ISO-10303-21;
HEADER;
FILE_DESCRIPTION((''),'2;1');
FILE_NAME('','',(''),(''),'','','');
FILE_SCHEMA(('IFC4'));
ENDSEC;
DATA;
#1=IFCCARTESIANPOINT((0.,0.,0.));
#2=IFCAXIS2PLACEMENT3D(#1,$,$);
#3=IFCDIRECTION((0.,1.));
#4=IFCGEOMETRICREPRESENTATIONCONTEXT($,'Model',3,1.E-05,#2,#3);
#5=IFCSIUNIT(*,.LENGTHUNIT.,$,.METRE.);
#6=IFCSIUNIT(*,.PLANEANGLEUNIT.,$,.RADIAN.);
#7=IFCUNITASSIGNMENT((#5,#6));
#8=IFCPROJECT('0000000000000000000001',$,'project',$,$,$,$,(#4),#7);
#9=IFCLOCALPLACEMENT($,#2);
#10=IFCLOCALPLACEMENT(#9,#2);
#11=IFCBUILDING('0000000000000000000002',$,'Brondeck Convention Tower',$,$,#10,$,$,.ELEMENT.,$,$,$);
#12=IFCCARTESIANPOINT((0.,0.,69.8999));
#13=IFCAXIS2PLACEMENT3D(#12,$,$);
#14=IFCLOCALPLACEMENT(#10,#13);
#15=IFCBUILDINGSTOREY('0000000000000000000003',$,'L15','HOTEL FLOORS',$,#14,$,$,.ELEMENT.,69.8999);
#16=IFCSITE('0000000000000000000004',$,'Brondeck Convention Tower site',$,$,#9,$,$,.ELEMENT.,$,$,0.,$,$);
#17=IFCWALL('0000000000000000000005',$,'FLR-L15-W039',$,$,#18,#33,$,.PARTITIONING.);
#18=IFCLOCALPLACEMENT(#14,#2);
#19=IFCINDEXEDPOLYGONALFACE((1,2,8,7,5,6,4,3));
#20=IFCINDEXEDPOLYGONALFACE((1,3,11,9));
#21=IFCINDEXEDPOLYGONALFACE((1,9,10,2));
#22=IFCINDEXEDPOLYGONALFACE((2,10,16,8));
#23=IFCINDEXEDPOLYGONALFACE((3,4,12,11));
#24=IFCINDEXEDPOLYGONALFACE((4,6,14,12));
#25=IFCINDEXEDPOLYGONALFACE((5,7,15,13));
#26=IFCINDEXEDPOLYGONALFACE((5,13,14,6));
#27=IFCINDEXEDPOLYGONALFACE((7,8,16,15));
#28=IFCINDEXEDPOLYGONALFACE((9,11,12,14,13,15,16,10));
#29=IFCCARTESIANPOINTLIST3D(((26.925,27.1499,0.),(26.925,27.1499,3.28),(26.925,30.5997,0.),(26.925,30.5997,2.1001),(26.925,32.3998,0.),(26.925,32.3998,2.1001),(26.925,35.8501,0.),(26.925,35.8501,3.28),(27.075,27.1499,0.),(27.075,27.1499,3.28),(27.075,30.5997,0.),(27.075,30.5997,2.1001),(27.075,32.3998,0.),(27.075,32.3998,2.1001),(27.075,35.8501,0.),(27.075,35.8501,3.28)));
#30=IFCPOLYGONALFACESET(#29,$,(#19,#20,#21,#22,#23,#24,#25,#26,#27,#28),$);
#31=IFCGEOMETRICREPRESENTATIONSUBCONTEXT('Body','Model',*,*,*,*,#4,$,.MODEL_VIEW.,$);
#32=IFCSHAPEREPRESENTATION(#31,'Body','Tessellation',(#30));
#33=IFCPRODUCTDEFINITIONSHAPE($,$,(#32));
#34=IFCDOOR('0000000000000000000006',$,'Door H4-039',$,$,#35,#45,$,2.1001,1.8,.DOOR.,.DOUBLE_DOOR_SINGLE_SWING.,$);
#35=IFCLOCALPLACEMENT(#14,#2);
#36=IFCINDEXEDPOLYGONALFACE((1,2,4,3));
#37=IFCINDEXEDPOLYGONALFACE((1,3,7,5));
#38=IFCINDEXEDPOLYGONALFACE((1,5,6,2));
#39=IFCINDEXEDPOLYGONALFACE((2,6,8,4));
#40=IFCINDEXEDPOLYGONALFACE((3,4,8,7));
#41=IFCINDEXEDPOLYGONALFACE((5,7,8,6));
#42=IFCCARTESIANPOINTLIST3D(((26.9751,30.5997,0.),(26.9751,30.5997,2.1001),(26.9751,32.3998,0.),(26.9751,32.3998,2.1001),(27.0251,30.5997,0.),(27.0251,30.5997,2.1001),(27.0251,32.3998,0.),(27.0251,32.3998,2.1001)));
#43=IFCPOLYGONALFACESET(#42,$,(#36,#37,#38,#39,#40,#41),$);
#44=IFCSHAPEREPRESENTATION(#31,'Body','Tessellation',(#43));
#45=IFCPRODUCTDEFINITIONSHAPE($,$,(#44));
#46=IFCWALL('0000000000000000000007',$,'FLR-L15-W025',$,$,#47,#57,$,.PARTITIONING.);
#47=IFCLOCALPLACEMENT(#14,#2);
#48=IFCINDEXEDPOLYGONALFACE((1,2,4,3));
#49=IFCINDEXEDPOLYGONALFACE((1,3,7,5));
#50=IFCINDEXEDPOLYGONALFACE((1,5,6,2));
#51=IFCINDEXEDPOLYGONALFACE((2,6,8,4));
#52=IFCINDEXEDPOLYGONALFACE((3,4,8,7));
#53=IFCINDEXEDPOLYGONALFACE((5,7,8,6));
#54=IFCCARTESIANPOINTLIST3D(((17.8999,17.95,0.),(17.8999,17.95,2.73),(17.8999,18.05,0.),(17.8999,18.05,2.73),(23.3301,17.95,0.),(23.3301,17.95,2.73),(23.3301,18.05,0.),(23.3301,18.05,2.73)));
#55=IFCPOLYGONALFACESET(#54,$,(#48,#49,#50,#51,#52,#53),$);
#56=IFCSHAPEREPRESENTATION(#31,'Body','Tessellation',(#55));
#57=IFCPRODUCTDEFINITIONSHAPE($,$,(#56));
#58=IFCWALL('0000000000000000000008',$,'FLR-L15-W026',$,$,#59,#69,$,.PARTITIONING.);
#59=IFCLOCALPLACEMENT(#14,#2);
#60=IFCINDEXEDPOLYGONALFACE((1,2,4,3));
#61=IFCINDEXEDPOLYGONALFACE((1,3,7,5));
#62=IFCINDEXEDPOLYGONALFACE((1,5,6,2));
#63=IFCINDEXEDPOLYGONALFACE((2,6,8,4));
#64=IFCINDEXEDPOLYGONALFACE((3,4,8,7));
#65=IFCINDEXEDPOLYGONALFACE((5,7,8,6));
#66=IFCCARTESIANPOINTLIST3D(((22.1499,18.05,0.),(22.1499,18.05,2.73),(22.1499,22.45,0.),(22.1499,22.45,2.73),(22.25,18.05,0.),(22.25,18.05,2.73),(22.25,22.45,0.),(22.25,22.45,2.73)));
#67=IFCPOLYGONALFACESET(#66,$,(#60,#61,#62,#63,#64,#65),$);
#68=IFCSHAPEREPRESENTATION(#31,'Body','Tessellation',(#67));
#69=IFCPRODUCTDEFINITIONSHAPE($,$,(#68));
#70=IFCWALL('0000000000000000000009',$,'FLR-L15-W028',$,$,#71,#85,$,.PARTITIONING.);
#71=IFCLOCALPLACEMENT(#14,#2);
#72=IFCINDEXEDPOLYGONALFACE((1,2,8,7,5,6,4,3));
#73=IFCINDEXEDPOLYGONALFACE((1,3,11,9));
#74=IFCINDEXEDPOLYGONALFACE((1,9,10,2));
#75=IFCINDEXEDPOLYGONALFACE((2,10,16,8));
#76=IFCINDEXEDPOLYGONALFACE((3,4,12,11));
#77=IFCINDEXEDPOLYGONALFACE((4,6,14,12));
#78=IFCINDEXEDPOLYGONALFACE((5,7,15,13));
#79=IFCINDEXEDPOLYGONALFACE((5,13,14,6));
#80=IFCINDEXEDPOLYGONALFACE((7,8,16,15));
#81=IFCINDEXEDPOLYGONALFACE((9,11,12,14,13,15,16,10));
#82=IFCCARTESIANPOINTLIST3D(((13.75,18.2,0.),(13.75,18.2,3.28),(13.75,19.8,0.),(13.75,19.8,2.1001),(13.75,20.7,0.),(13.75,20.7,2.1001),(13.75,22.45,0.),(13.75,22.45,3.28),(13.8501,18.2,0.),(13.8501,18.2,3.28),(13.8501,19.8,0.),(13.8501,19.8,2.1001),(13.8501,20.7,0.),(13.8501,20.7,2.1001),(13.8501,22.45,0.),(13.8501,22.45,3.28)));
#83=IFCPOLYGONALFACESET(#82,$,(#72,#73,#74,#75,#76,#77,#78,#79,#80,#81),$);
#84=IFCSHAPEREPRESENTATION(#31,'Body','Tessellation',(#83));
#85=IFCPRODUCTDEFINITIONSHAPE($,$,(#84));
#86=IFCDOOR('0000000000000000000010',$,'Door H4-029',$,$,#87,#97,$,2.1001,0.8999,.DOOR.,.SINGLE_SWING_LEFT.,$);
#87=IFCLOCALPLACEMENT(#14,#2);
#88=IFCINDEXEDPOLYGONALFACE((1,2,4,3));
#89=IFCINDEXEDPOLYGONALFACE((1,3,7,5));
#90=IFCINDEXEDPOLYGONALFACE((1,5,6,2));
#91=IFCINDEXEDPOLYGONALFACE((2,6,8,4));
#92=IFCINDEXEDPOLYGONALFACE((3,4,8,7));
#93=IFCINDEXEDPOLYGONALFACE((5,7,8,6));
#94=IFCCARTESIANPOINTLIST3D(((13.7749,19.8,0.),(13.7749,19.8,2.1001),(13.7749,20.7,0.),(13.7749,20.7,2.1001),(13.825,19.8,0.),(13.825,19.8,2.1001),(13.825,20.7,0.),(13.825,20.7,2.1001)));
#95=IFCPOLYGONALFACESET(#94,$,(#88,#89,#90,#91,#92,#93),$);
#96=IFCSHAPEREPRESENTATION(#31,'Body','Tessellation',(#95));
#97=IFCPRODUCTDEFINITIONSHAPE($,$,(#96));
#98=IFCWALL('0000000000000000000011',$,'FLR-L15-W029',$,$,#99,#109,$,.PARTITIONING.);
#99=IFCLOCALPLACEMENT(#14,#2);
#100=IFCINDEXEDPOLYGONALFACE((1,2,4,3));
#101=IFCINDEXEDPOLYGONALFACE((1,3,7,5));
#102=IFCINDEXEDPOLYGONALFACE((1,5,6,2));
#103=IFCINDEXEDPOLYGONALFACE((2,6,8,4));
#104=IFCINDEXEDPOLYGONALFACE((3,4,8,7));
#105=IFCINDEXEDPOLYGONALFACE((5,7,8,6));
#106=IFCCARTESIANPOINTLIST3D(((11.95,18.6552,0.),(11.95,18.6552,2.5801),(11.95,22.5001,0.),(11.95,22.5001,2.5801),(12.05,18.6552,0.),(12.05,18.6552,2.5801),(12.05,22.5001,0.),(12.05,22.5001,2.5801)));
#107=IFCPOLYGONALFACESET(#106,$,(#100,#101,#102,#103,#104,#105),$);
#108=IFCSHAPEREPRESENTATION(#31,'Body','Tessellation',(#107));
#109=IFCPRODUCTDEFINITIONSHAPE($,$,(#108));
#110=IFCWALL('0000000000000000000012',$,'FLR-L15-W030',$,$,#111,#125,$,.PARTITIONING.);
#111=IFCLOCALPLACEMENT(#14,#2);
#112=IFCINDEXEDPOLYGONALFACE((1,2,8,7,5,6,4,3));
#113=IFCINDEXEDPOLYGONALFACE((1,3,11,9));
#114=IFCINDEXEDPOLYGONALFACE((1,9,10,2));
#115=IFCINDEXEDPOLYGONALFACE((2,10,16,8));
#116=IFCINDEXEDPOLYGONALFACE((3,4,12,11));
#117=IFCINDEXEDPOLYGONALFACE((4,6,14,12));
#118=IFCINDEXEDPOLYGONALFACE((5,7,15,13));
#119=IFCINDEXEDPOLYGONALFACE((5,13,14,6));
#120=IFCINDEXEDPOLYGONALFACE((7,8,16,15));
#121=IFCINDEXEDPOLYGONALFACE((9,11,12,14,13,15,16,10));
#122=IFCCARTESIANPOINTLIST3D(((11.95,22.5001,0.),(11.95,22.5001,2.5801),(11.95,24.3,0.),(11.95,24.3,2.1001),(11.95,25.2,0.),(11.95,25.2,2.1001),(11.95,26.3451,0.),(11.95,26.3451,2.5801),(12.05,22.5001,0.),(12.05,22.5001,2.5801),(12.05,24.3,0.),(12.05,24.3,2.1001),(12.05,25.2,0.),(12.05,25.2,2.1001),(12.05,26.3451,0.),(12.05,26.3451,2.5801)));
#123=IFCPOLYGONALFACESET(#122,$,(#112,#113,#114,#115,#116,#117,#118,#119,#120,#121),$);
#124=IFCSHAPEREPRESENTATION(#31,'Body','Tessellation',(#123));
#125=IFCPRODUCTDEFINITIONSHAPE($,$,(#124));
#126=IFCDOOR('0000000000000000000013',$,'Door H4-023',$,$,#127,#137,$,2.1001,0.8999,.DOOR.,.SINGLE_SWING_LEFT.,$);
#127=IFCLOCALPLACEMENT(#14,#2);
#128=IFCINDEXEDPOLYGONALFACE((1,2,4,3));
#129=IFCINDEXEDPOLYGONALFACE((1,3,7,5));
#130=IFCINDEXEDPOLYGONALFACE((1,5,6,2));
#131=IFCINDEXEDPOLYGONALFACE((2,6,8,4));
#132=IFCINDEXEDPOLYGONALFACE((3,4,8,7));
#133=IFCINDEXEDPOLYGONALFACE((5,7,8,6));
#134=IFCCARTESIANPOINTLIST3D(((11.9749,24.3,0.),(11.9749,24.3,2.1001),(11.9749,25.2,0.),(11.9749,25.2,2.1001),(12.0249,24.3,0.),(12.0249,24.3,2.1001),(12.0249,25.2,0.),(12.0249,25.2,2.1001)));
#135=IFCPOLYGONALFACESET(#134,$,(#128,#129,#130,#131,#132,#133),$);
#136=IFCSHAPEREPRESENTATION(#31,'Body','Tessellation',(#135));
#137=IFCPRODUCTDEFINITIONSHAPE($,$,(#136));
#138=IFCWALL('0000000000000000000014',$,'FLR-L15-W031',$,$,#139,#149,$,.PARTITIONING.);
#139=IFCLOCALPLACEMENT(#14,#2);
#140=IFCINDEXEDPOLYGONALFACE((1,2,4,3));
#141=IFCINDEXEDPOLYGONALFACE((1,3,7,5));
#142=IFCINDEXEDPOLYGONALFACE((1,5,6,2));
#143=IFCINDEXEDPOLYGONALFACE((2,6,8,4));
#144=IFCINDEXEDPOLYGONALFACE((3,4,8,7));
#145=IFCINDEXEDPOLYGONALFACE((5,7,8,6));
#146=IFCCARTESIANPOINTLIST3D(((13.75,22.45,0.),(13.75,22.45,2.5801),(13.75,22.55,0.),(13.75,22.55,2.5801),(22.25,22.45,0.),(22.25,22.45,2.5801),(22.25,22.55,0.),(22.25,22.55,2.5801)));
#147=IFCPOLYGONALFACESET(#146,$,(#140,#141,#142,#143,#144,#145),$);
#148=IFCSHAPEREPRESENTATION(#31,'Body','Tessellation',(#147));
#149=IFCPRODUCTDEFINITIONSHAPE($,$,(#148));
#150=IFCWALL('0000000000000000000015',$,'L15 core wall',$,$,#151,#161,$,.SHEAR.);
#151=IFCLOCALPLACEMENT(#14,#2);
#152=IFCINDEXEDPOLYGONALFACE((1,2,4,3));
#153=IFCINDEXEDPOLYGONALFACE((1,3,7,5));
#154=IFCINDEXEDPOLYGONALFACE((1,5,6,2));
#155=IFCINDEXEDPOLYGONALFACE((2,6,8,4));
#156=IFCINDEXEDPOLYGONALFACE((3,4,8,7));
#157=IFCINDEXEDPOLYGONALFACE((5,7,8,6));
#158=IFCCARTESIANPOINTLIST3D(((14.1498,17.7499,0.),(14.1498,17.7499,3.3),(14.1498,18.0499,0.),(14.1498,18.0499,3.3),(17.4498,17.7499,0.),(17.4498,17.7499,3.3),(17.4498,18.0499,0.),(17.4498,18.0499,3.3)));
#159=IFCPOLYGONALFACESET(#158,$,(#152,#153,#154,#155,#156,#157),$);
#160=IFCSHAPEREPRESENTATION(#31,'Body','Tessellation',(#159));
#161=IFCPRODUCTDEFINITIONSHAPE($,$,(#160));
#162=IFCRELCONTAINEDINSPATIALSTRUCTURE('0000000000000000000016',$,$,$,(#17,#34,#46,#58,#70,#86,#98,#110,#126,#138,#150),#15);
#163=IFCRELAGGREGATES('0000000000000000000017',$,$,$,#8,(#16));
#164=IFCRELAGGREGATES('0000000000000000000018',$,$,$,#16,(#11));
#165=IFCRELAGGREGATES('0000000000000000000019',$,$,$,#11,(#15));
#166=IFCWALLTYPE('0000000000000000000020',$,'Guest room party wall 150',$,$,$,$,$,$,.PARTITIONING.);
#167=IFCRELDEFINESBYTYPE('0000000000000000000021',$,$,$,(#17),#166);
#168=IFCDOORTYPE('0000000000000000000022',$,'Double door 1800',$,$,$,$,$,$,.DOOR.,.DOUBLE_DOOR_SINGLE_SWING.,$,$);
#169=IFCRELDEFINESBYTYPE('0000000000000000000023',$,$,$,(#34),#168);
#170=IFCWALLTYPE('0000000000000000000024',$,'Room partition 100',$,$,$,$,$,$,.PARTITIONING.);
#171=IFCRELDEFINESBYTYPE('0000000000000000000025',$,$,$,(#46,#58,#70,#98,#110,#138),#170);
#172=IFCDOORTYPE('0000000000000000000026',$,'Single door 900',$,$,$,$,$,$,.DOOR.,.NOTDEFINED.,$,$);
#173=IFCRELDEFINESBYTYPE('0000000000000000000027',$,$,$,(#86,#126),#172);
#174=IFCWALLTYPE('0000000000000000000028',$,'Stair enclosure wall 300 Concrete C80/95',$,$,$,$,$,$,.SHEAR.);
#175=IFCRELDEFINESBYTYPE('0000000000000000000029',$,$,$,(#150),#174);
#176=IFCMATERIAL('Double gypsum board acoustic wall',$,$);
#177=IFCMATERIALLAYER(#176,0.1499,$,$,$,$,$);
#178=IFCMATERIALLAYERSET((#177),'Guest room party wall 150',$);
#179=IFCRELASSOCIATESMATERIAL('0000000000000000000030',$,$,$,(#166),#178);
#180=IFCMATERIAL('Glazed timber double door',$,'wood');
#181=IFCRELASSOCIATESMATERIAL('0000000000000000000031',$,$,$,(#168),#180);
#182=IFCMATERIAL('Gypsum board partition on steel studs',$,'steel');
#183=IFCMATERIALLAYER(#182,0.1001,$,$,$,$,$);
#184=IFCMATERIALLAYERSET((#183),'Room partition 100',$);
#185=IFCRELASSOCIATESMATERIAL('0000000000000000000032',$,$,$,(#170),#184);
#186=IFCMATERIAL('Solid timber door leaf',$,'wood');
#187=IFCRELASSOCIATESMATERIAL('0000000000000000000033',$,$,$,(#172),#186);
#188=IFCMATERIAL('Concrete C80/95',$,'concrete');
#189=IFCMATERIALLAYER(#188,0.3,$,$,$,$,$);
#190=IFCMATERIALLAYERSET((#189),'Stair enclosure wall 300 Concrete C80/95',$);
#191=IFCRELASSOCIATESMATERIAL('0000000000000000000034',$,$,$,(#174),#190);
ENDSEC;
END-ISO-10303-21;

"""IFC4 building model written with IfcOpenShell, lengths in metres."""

from ifc_helpers import new_model, si_unit, direction, frame, frame_2d, origin, place, context, subcontext, project, spatial, rectangle, extrude, material, layer, layer_set, type_object, element, fill, save


model = new_model("IFC4")

# Units and contexts
model_context = context("Model", 3, precision=1e-05, world=origin(), true_north=direction((0.0, 1.0)))
body_context = subcontext(model_context, "Body", "Model", "MODEL_VIEW")
ifc_project = project(units=[si_unit("LENGTHUNIT", "METRE"), si_unit("PLANEANGLEUNIT", "RADIAN")], contexts=[model_context])

# Site, building, storey
site_placement = place(None, origin())
site = spatial("IfcSite", under=ifc_project, at=site_placement, Name="Brondeck Convention Tower site", CompositionType="ELEMENT", RefElevation=0.0)
building_placement = place(site_placement, origin())
building = spatial("IfcBuilding", under=site, at=building_placement, Name="Brondeck Convention Tower", CompositionType="ELEMENT")
storey_placement = place(building_placement, frame((0.0, 0.0, 69.8999)))
storey = spatial("IfcBuildingStorey", under=building, at=storey_placement, Name="L15", Description="HOTEL FLOORS", CompositionType="ELEMENT", Elevation=69.8999)

# Shared definitions
ifc_material_1 = material(Name="Concrete C80/95", Category="concrete")

# Shared definitions
ifc_material_2 = material(Name="Double gypsum board acoustic wall")
ifc_layer_1 = layer(ifc_material_2, 0.1499)
ifc_layer_set_1 = layer_set([ifc_layer_1], Name="Guest room party wall 150")
wall_type_1 = type_object("IfcWallType", Name="Guest room party wall 150", PredefinedType="PARTITIONING", material=ifc_layer_set_1)

# Wall, opening, door
wall_1_placement = place(storey_placement, frame((27.0, 27.1499, 0.0), z_axis=(0.0, 0.0, 1.0), x_axis=(0.0, 1.0, 0.0)))
wall_1 = element("IfcWall", 1, at=wall_1_placement, inside=storey, type_object=wall_type_1, Name="FLR-L15-W039", PredefinedType="PARTITIONING", context=body_context, shape_type="SweptSolid", body=[
    extrude(rectangle(XDim=8.7002, YDim=0.1499, at=frame_2d((4.3501, 0.0))), origin(), (0.0, 0.0, 1.0), 3.28),
])
opening_1_placement = place(wall_1_placement, frame((3.45, 0.0, 0.0)))
opening_1 = element("IfcOpeningElement", 2, at=opening_1_placement, cuts=wall_1, PredefinedType="OPENING", context=body_context, shape_type="SweptSolid", body=[
    extrude(rectangle(XDim=1.8, YDim=2.1001, at=frame_2d((0.8999, 1.05))), frame((0.0, 0.085, 0.0), z_axis=(0.0, -1.0, 0.0), x_axis=(1.0, 0.0, 0.0)), (0.0, 0.0, 1.0), 0.1699),
])
ifc_material_3 = material(Name="Glazed timber double door", Category="wood")
door_type_1 = type_object("IfcDoorType", Name="Double door 1800", OperationType="DOUBLE_DOOR_SINGLE_SWING", PredefinedType="DOOR", material=ifc_material_3)
door_1_placement = place(opening_1_placement, origin())
door_1 = element("IfcDoor", 3, at=door_1_placement, inside=storey, type_object=door_type_1, Name="Door H4-039", OperationType="DOUBLE_DOOR_SINGLE_SWING", OverallHeight=2.1001, OverallWidth=1.8, PredefinedType="DOOR", context=body_context, shape_type="SweptSolid", body=[
    extrude(rectangle(XDim=1.8, YDim=2.1001, at=frame_2d((0.8999, 1.05))), frame((0.0, 0.0249, 0.0), z_axis=(0.0, -1.0, 0.0), x_axis=(1.0, 0.0, 0.0)), (0.0, 0.0, 1.0), 0.05),
])
fill(opening_1, door_1)

# Walls
ifc_material_4 = material(Name="Gypsum board partition on steel studs", Category="steel")
ifc_layer_2 = layer(ifc_material_4, 0.1001)
ifc_layer_set_2 = layer_set([ifc_layer_2], Name="Room partition 100")
wall_type_2 = type_object("IfcWallType", Name="Room partition 100", PredefinedType="PARTITIONING", material=ifc_layer_set_2)
wall_2_placement = place(storey_placement, frame((23.3301, 18.0, 0.0), z_axis=(0.0, 0.0, 1.0), x_axis=(-1.0, 0.0, 0.0)))
element("IfcWall", 4, at=wall_2_placement, inside=storey, type_object=wall_type_2, Name="FLR-L15-W025", PredefinedType="PARTITIONING", context=body_context, shape_type="SweptSolid", body=[
    extrude(rectangle(XDim=5.4302, YDim=0.1001, at=frame_2d((2.7151, 0.0))), origin(), (0.0, 0.0, 1.0), 2.73),
])
wall_3_placement = place(storey_placement, frame((22.2, 18.05, 0.0), z_axis=(0.0, 0.0, 1.0), x_axis=(0.0, 1.0, 0.0)))
element("IfcWall", 5, at=wall_3_placement, inside=storey, type_object=wall_type_2, Name="FLR-L15-W026", PredefinedType="PARTITIONING", context=body_context, shape_type="SweptSolid", body=[
    extrude(rectangle(XDim=4.3999, YDim=0.1001, at=frame_2d((2.2, 0.0))), origin(), (0.0, 0.0, 1.0), 2.73),
])

# Wall, opening, door
wall_4_placement = place(storey_placement, frame((13.8, 22.45, 0.0), z_axis=(0.0, 0.0, 1.0), x_axis=(0.0, -1.0, 0.0)))
wall_4 = element("IfcWall", 6, at=wall_4_placement, inside=storey, type_object=wall_type_2, Name="FLR-L15-W028", PredefinedType="PARTITIONING", context=body_context, shape_type="SweptSolid", body=[
    extrude(rectangle(XDim=4.25, YDim=0.1001, at=frame_2d((2.125, 0.0))), origin(), (0.0, 0.0, 1.0), 3.28),
])
opening_2_placement = place(wall_4_placement, frame((1.75, 0.0, 0.0)))
opening_2 = element("IfcOpeningElement", 7, at=opening_2_placement, cuts=wall_4, PredefinedType="OPENING", context=body_context, shape_type="SweptSolid", body=[
    extrude(rectangle(XDim=0.8999, YDim=2.1001, at=frame_2d((0.45, 1.05))), frame((0.0, 0.0601, 0.0), z_axis=(0.0, -1.0, 0.0), x_axis=(1.0, 0.0, 0.0)), (0.0, 0.0, 1.0), 0.1201),
])
ifc_material_5 = material(Name="Solid timber door leaf", Category="wood")
door_type_2 = type_object("IfcDoorType", Name="Single door 900", OperationType="NOTDEFINED", PredefinedType="DOOR", material=ifc_material_5)
door_2_placement = place(opening_2_placement, origin())
door_2 = element("IfcDoor", 8, at=door_2_placement, inside=storey, type_object=door_type_2, Name="Door H4-029", OperationType="SINGLE_SWING_LEFT", OverallHeight=2.1001, OverallWidth=0.8999, PredefinedType="DOOR", context=body_context, shape_type="SweptSolid", body=[
    extrude(rectangle(XDim=0.8999, YDim=2.1001, at=frame_2d((0.45, 1.05))), frame((0.0, 0.0249, 0.0), z_axis=(0.0, -1.0, 0.0), x_axis=(1.0, 0.0, 0.0)), (0.0, 0.0, 1.0), 0.05),
])
fill(opening_2, door_2)

# Wall
wall_5_placement = place(storey_placement, frame((12.0, 22.5, 0.0), z_axis=(0.0, 0.0, 1.0), x_axis=(0.0, -1.0, 0.0)))
element("IfcWall", 9, at=wall_5_placement, inside=storey, type_object=wall_type_2, Name="FLR-L15-W029", PredefinedType="PARTITIONING", context=body_context, shape_type="SweptSolid", body=[
    extrude(rectangle(XDim=3.845, YDim=0.1001, at=frame_2d((1.9224, 0.0))), origin(), (0.0, 0.0, 1.0), 2.5801),
])

# Wall, opening, door
wall_6_placement = place(storey_placement, frame((12.0, 26.345, 0.0), z_axis=(0.0, 0.0, 1.0), x_axis=(0.0, -1.0, 0.0)))
wall_6 = element("IfcWall", 10, at=wall_6_placement, inside=storey, type_object=wall_type_2, Name="FLR-L15-W030", PredefinedType="PARTITIONING", context=body_context, shape_type="SweptSolid", body=[
    extrude(rectangle(XDim=3.845, YDim=0.1001, at=frame_2d((1.9224, 0.0))), origin(), (0.0, 0.0, 1.0), 2.5801),
])
opening_3_placement = place(wall_6_placement, frame((1.145, 0.0, 0.0)))
opening_3 = element("IfcOpeningElement", 11, at=opening_3_placement, cuts=wall_6, PredefinedType="OPENING", context=body_context, shape_type="SweptSolid", body=[
    extrude(rectangle(XDim=0.8999, YDim=2.1001, at=frame_2d((0.45, 1.05))), frame((0.0, 0.0601, 0.0), z_axis=(0.0, -1.0, 0.0), x_axis=(1.0, 0.0, 0.0)), (0.0, 0.0, 1.0), 0.1201),
])
door_3_placement = place(opening_3_placement, origin())
door_3 = element("IfcDoor", 12, at=door_3_placement, inside=storey, type_object=door_type_2, Name="Door H4-023", OperationType="SINGLE_SWING_LEFT", OverallHeight=2.1001, OverallWidth=0.8999, PredefinedType="DOOR", context=body_context, shape_type="SweptSolid", body=[
    extrude(rectangle(XDim=0.8999, YDim=2.1001, at=frame_2d((0.45, 1.05))), frame((0.0, 0.0249, 0.0), z_axis=(0.0, -1.0, 0.0), x_axis=(1.0, 0.0, 0.0)), (0.0, 0.0, 1.0), 0.05),
])
fill(opening_3, door_3)

# Walls
wall_7_placement = place(storey_placement, frame((22.25, 22.5, 0.0), z_axis=(0.0, 0.0, 1.0), x_axis=(-1.0, 0.0, 0.0)))
element("IfcWall", 13, at=wall_7_placement, inside=storey, type_object=wall_type_2, Name="FLR-L15-W031", PredefinedType="PARTITIONING", context=body_context, shape_type="SweptSolid", body=[
    extrude(rectangle(XDim=8.5, YDim=0.1001, at=frame_2d((4.25, 0.0))), origin(), (0.0, 0.0, 1.0), 2.5801),
])
ifc_layer_3 = layer(ifc_material_1, 0.3)
ifc_layer_set_3 = layer_set([ifc_layer_3], Name="Stair enclosure wall 300 Concrete C80/95")
wall_type_3 = type_object("IfcWallType", Name="Stair enclosure wall 300 Concrete C80/95", PredefinedType="SHEAR", material=ifc_layer_set_3)
wall_8_placement = place(storey_placement, frame((14.1499, 17.8999, 0.0), z_axis=(0.0, 0.0, 1.0), x_axis=(1.0, 0.0, 0.0)))
element("IfcWall", 14, at=wall_8_placement, inside=storey, type_object=wall_type_3, Name="L15 core wall", PredefinedType="SHEAR", context=body_context, shape_type="SweptSolid", body=[
    extrude(rectangle(XDim=3.3, YDim=0.3, at=frame_2d((1.6499, 0.0))), origin(), (0.0, 0.0, 1.0), 3.3),
])

save(model, "model.ifc")
